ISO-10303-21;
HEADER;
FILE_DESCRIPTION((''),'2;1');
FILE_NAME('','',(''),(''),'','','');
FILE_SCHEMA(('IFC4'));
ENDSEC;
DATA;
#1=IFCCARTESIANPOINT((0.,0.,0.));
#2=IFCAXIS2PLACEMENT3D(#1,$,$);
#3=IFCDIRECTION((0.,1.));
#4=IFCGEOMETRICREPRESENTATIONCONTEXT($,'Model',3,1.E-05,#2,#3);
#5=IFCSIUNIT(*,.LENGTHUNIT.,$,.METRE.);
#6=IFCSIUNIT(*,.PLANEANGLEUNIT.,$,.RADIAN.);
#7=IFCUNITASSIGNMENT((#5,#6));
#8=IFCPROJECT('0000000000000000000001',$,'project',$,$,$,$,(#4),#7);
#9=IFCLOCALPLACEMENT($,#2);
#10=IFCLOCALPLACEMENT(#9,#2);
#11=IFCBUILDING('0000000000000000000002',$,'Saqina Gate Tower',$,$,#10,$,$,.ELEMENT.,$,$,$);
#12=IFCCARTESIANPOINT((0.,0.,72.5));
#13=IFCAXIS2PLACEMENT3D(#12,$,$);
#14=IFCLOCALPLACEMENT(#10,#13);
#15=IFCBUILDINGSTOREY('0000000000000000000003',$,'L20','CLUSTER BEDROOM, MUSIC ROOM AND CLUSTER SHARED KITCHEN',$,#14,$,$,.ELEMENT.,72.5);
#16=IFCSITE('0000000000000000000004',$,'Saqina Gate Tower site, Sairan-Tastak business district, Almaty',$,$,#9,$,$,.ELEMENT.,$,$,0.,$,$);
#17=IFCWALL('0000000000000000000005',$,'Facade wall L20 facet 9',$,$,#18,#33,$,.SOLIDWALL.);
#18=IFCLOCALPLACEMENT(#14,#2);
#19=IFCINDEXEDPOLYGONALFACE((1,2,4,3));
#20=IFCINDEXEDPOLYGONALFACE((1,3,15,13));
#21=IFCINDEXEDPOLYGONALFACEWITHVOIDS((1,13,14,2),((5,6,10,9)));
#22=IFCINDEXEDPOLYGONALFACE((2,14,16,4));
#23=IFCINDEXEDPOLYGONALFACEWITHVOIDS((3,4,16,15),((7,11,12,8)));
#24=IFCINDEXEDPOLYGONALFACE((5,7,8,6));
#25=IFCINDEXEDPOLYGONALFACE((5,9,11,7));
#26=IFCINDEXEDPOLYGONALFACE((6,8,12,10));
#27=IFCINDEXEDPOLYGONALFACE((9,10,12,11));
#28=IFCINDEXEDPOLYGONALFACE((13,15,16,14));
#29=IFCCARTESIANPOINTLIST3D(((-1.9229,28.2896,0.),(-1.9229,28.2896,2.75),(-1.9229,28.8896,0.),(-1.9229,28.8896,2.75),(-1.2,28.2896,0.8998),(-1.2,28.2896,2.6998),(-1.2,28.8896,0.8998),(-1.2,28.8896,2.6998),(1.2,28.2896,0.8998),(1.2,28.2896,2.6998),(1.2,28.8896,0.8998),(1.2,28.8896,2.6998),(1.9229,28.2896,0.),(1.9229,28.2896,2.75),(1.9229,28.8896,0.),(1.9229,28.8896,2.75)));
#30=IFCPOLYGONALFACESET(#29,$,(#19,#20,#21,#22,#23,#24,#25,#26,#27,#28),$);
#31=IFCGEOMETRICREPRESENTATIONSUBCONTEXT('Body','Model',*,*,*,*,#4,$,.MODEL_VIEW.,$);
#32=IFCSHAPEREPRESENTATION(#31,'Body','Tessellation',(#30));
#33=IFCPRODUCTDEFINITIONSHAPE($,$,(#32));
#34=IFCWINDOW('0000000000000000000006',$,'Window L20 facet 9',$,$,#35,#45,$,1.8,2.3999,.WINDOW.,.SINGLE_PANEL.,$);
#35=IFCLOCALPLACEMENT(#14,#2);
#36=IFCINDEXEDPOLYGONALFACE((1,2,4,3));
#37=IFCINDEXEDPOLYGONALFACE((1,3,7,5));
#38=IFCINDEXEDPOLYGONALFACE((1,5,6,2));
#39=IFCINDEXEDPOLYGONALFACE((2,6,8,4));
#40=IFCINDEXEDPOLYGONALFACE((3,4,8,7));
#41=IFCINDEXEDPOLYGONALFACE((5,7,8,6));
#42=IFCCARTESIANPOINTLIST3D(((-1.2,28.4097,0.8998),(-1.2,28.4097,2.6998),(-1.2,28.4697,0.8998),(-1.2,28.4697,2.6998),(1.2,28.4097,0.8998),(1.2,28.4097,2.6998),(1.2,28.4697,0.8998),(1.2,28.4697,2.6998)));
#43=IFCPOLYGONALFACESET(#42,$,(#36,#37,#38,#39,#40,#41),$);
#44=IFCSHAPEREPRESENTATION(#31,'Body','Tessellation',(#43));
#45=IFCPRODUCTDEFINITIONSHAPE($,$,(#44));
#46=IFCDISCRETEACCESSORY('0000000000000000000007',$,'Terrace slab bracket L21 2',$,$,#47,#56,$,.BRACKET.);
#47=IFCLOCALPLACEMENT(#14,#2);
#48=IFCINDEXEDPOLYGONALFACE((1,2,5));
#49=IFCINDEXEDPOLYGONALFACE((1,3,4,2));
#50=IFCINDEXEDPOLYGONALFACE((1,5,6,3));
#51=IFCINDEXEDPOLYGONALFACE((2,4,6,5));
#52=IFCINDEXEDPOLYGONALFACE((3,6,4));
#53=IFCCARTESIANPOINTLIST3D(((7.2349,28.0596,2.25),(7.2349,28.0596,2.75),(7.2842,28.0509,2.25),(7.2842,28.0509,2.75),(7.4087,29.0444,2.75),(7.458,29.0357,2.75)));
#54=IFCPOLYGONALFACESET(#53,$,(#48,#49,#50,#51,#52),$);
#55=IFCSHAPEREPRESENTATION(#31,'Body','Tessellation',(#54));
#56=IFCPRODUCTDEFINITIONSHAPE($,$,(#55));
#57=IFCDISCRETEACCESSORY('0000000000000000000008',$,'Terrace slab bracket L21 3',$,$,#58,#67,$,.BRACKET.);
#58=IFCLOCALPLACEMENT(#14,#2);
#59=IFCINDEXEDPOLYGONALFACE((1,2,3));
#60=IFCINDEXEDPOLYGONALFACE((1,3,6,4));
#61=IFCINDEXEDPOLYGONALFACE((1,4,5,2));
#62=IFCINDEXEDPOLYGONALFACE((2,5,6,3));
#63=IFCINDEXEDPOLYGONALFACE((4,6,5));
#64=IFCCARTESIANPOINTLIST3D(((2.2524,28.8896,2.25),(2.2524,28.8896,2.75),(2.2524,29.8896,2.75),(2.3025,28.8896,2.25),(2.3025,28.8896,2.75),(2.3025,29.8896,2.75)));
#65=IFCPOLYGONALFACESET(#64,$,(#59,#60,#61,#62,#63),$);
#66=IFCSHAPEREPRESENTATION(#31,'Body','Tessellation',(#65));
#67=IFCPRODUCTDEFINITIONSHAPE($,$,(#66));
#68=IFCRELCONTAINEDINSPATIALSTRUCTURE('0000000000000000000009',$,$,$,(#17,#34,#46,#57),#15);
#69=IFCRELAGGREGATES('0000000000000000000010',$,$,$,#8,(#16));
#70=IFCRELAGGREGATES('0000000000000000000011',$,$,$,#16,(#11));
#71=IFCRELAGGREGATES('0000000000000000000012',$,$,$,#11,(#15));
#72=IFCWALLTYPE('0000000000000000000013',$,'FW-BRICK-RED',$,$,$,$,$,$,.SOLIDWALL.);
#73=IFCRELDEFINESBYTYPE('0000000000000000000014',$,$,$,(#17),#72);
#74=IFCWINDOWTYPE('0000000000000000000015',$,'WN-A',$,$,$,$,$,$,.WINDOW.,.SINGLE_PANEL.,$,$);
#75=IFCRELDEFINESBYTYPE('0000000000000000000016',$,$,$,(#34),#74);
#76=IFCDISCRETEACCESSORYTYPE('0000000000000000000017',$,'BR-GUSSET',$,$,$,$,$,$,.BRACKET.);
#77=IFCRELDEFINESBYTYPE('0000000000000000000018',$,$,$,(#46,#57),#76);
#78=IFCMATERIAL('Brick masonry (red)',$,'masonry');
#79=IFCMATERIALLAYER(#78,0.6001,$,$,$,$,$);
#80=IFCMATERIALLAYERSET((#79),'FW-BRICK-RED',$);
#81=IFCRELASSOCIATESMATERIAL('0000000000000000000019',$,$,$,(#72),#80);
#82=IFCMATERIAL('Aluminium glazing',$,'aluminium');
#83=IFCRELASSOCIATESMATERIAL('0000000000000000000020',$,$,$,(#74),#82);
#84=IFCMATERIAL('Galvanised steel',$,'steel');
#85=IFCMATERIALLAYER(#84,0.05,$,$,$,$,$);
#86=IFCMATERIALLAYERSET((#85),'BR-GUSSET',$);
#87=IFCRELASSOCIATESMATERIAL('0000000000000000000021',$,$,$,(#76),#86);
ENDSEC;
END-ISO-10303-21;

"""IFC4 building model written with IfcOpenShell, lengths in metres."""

from ifc_helpers import new_model, si_unit, direction, frame, frame_2d, origin, place, context, subcontext, project, spatial, polyline, rectangle, outline, extrude, material, layer, layer_set, type_object, element, fill, save


model = new_model("IFC4")

# Units and contexts
model_context = context("Model", 3, precision=1e-05, world=origin(), true_north=direction((0.0, 1.0)))
body_context = subcontext(model_context, "Body", "Model", "MODEL_VIEW")
ifc_project = project(units=[si_unit("LENGTHUNIT", "METRE"), si_unit("PLANEANGLEUNIT", "RADIAN")], contexts=[model_context])

# Site, building, storey
site_placement = place(None, origin())
site = spatial("IfcSite", under=ifc_project, at=site_placement, Name="Saqina Gate Tower site, Sairan-Tastak business district, Almaty", CompositionType="ELEMENT", RefElevation=0.0)
building_placement = place(site_placement, origin())
building = spatial("IfcBuilding", under=site, at=building_placement, Name="Saqina Gate Tower", CompositionType="ELEMENT")
storey_placement = place(building_placement, frame((0.0, 0.0, 72.5)))
storey = spatial("IfcBuildingStorey", under=building, at=storey_placement, Name="L20", Description="CLUSTER BEDROOM, MUSIC ROOM AND CLUSTER SHARED KITCHEN", CompositionType="ELEMENT", Elevation=72.5)

# Wall, opening, window
ifc_material_1 = material(Name="Brick masonry (red)", Category="masonry")
ifc_layer_1 = layer(ifc_material_1, 0.6001)
ifc_layer_set_1 = layer_set([ifc_layer_1], Name="FW-BRICK-RED")
wall_type = type_object("IfcWallType", Name="FW-BRICK-RED", PredefinedType="SOLIDWALL", material=ifc_layer_set_1)
ifc_material_2 = material(Name="Aluminium glazing", Category="aluminium")
window_type = type_object("IfcWindowType", Name="WN-A", PartitioningType="SINGLE_PANEL", PredefinedType="WINDOW", material=ifc_material_2)
wall_1_placement = place(storey_placement, frame((1.9229, 28.5896, 0.0), z_axis=(0.0, 0.0, 1.0), x_axis=(-1.0, 0.0, 0.0)))
wall_1 = element("IfcWall", 1, at=wall_1_placement, inside=storey, type_object=wall_type, Name="Facade wall L20 facet 9", PredefinedType="SOLIDWALL", context=body_context, shape_type="SweptSolid", body=[
    extrude(rectangle(XDim=3.8457, YDim=0.6001, at=frame_2d((1.9229, 0.0))), origin(), (0.0, 0.0, 1.0), 2.75),
])
opening_1_placement = place(wall_1_placement, frame((0.7229, 0.0, 0.8999)))
opening_1 = element("IfcOpeningElement", 2, at=opening_1_placement, cuts=wall_1, PredefinedType="OPENING", context=body_context, shape_type="SweptSolid", body=[
    extrude(rectangle(XDim=2.3999, YDim=1.8, at=frame_2d((1.2, 0.8999))), frame((0.0, 0.312, 0.0), z_axis=(0.0, -1.0, 0.0), x_axis=(1.0, 0.0, 0.0)), (0.0, 0.0, 1.0), 0.624),
])
window_1_placement = place(opening_1_placement, origin())
window_1 = element("IfcWindow", 3, at=window_1_placement, inside=storey, type_object=window_type, Name="Window L20 facet 9", OverallHeight=1.8, OverallWidth=2.3999, PartitioningType="SINGLE_PANEL", PredefinedType="WINDOW", context=body_context, shape_type="SweptSolid", body=[
    extrude(rectangle(XDim=2.3999, YDim=1.8, at=frame_2d((1.2, 0.8999))), frame((0.0, 0.1799, 0.0), z_axis=(0.0, -1.0, 0.0), x_axis=(1.0, 0.0, 0.0)), (0.0, 0.0, 1.0), 0.0601),
])
fill(opening_1, window_1)

# Discrete accessories
ifc_material_3 = material(Name="Galvanised steel", Category="steel")
ifc_layer_2 = layer(ifc_material_3, 0.05)
ifc_layer_set_2 = layer_set([ifc_layer_2], Name="BR-GUSSET")
discrete_accessory_type = type_object("IfcDiscreteAccessoryType", Name="BR-GUSSET", PredefinedType="BRACKET", material=ifc_layer_set_2)
discrete_accessory_1_placement = place(storey_placement, frame((7.2349, 28.0596, 2.25), z_axis=(-0.984779, 0.173813, 0.0), x_axis=(0.0, 0.0, 1.0)))
element("IfcDiscreteAccessory", 4, at=discrete_accessory_1_placement, inside=storey, type_object=discrete_accessory_type, Name="Terrace slab bracket L21 2", PredefinedType="BRACKET", context=body_context, shape_type="SweptSolid", body=[
    extrude(outline(polyline([(0.0, 0.0), (0.5, 0.0), (0.5, 1.0001), (0.0, 0.0)])), origin(), (0.0, 0.0, -1.0), 0.05),
])
discrete_accessory_2_placement = place(storey_placement, frame((2.2524, 28.8896, 2.25), z_axis=(-1.0, 0.0, 0.0), x_axis=(0.0, 0.0, 1.0)))
element("IfcDiscreteAccessory", 5, at=discrete_accessory_2_placement, inside=storey, type_object=discrete_accessory_type, Name="Terrace slab bracket L21 3", PredefinedType="BRACKET", context=body_context, shape_type="SweptSolid", body=[
    extrude(outline(polyline([(0.0, 0.0), (0.5, 0.0), (0.5, 1.0), (0.0, 0.0)])), origin(), (0.0, 0.0, -1.0), 0.05),
])

save(model, "model.ifc")
